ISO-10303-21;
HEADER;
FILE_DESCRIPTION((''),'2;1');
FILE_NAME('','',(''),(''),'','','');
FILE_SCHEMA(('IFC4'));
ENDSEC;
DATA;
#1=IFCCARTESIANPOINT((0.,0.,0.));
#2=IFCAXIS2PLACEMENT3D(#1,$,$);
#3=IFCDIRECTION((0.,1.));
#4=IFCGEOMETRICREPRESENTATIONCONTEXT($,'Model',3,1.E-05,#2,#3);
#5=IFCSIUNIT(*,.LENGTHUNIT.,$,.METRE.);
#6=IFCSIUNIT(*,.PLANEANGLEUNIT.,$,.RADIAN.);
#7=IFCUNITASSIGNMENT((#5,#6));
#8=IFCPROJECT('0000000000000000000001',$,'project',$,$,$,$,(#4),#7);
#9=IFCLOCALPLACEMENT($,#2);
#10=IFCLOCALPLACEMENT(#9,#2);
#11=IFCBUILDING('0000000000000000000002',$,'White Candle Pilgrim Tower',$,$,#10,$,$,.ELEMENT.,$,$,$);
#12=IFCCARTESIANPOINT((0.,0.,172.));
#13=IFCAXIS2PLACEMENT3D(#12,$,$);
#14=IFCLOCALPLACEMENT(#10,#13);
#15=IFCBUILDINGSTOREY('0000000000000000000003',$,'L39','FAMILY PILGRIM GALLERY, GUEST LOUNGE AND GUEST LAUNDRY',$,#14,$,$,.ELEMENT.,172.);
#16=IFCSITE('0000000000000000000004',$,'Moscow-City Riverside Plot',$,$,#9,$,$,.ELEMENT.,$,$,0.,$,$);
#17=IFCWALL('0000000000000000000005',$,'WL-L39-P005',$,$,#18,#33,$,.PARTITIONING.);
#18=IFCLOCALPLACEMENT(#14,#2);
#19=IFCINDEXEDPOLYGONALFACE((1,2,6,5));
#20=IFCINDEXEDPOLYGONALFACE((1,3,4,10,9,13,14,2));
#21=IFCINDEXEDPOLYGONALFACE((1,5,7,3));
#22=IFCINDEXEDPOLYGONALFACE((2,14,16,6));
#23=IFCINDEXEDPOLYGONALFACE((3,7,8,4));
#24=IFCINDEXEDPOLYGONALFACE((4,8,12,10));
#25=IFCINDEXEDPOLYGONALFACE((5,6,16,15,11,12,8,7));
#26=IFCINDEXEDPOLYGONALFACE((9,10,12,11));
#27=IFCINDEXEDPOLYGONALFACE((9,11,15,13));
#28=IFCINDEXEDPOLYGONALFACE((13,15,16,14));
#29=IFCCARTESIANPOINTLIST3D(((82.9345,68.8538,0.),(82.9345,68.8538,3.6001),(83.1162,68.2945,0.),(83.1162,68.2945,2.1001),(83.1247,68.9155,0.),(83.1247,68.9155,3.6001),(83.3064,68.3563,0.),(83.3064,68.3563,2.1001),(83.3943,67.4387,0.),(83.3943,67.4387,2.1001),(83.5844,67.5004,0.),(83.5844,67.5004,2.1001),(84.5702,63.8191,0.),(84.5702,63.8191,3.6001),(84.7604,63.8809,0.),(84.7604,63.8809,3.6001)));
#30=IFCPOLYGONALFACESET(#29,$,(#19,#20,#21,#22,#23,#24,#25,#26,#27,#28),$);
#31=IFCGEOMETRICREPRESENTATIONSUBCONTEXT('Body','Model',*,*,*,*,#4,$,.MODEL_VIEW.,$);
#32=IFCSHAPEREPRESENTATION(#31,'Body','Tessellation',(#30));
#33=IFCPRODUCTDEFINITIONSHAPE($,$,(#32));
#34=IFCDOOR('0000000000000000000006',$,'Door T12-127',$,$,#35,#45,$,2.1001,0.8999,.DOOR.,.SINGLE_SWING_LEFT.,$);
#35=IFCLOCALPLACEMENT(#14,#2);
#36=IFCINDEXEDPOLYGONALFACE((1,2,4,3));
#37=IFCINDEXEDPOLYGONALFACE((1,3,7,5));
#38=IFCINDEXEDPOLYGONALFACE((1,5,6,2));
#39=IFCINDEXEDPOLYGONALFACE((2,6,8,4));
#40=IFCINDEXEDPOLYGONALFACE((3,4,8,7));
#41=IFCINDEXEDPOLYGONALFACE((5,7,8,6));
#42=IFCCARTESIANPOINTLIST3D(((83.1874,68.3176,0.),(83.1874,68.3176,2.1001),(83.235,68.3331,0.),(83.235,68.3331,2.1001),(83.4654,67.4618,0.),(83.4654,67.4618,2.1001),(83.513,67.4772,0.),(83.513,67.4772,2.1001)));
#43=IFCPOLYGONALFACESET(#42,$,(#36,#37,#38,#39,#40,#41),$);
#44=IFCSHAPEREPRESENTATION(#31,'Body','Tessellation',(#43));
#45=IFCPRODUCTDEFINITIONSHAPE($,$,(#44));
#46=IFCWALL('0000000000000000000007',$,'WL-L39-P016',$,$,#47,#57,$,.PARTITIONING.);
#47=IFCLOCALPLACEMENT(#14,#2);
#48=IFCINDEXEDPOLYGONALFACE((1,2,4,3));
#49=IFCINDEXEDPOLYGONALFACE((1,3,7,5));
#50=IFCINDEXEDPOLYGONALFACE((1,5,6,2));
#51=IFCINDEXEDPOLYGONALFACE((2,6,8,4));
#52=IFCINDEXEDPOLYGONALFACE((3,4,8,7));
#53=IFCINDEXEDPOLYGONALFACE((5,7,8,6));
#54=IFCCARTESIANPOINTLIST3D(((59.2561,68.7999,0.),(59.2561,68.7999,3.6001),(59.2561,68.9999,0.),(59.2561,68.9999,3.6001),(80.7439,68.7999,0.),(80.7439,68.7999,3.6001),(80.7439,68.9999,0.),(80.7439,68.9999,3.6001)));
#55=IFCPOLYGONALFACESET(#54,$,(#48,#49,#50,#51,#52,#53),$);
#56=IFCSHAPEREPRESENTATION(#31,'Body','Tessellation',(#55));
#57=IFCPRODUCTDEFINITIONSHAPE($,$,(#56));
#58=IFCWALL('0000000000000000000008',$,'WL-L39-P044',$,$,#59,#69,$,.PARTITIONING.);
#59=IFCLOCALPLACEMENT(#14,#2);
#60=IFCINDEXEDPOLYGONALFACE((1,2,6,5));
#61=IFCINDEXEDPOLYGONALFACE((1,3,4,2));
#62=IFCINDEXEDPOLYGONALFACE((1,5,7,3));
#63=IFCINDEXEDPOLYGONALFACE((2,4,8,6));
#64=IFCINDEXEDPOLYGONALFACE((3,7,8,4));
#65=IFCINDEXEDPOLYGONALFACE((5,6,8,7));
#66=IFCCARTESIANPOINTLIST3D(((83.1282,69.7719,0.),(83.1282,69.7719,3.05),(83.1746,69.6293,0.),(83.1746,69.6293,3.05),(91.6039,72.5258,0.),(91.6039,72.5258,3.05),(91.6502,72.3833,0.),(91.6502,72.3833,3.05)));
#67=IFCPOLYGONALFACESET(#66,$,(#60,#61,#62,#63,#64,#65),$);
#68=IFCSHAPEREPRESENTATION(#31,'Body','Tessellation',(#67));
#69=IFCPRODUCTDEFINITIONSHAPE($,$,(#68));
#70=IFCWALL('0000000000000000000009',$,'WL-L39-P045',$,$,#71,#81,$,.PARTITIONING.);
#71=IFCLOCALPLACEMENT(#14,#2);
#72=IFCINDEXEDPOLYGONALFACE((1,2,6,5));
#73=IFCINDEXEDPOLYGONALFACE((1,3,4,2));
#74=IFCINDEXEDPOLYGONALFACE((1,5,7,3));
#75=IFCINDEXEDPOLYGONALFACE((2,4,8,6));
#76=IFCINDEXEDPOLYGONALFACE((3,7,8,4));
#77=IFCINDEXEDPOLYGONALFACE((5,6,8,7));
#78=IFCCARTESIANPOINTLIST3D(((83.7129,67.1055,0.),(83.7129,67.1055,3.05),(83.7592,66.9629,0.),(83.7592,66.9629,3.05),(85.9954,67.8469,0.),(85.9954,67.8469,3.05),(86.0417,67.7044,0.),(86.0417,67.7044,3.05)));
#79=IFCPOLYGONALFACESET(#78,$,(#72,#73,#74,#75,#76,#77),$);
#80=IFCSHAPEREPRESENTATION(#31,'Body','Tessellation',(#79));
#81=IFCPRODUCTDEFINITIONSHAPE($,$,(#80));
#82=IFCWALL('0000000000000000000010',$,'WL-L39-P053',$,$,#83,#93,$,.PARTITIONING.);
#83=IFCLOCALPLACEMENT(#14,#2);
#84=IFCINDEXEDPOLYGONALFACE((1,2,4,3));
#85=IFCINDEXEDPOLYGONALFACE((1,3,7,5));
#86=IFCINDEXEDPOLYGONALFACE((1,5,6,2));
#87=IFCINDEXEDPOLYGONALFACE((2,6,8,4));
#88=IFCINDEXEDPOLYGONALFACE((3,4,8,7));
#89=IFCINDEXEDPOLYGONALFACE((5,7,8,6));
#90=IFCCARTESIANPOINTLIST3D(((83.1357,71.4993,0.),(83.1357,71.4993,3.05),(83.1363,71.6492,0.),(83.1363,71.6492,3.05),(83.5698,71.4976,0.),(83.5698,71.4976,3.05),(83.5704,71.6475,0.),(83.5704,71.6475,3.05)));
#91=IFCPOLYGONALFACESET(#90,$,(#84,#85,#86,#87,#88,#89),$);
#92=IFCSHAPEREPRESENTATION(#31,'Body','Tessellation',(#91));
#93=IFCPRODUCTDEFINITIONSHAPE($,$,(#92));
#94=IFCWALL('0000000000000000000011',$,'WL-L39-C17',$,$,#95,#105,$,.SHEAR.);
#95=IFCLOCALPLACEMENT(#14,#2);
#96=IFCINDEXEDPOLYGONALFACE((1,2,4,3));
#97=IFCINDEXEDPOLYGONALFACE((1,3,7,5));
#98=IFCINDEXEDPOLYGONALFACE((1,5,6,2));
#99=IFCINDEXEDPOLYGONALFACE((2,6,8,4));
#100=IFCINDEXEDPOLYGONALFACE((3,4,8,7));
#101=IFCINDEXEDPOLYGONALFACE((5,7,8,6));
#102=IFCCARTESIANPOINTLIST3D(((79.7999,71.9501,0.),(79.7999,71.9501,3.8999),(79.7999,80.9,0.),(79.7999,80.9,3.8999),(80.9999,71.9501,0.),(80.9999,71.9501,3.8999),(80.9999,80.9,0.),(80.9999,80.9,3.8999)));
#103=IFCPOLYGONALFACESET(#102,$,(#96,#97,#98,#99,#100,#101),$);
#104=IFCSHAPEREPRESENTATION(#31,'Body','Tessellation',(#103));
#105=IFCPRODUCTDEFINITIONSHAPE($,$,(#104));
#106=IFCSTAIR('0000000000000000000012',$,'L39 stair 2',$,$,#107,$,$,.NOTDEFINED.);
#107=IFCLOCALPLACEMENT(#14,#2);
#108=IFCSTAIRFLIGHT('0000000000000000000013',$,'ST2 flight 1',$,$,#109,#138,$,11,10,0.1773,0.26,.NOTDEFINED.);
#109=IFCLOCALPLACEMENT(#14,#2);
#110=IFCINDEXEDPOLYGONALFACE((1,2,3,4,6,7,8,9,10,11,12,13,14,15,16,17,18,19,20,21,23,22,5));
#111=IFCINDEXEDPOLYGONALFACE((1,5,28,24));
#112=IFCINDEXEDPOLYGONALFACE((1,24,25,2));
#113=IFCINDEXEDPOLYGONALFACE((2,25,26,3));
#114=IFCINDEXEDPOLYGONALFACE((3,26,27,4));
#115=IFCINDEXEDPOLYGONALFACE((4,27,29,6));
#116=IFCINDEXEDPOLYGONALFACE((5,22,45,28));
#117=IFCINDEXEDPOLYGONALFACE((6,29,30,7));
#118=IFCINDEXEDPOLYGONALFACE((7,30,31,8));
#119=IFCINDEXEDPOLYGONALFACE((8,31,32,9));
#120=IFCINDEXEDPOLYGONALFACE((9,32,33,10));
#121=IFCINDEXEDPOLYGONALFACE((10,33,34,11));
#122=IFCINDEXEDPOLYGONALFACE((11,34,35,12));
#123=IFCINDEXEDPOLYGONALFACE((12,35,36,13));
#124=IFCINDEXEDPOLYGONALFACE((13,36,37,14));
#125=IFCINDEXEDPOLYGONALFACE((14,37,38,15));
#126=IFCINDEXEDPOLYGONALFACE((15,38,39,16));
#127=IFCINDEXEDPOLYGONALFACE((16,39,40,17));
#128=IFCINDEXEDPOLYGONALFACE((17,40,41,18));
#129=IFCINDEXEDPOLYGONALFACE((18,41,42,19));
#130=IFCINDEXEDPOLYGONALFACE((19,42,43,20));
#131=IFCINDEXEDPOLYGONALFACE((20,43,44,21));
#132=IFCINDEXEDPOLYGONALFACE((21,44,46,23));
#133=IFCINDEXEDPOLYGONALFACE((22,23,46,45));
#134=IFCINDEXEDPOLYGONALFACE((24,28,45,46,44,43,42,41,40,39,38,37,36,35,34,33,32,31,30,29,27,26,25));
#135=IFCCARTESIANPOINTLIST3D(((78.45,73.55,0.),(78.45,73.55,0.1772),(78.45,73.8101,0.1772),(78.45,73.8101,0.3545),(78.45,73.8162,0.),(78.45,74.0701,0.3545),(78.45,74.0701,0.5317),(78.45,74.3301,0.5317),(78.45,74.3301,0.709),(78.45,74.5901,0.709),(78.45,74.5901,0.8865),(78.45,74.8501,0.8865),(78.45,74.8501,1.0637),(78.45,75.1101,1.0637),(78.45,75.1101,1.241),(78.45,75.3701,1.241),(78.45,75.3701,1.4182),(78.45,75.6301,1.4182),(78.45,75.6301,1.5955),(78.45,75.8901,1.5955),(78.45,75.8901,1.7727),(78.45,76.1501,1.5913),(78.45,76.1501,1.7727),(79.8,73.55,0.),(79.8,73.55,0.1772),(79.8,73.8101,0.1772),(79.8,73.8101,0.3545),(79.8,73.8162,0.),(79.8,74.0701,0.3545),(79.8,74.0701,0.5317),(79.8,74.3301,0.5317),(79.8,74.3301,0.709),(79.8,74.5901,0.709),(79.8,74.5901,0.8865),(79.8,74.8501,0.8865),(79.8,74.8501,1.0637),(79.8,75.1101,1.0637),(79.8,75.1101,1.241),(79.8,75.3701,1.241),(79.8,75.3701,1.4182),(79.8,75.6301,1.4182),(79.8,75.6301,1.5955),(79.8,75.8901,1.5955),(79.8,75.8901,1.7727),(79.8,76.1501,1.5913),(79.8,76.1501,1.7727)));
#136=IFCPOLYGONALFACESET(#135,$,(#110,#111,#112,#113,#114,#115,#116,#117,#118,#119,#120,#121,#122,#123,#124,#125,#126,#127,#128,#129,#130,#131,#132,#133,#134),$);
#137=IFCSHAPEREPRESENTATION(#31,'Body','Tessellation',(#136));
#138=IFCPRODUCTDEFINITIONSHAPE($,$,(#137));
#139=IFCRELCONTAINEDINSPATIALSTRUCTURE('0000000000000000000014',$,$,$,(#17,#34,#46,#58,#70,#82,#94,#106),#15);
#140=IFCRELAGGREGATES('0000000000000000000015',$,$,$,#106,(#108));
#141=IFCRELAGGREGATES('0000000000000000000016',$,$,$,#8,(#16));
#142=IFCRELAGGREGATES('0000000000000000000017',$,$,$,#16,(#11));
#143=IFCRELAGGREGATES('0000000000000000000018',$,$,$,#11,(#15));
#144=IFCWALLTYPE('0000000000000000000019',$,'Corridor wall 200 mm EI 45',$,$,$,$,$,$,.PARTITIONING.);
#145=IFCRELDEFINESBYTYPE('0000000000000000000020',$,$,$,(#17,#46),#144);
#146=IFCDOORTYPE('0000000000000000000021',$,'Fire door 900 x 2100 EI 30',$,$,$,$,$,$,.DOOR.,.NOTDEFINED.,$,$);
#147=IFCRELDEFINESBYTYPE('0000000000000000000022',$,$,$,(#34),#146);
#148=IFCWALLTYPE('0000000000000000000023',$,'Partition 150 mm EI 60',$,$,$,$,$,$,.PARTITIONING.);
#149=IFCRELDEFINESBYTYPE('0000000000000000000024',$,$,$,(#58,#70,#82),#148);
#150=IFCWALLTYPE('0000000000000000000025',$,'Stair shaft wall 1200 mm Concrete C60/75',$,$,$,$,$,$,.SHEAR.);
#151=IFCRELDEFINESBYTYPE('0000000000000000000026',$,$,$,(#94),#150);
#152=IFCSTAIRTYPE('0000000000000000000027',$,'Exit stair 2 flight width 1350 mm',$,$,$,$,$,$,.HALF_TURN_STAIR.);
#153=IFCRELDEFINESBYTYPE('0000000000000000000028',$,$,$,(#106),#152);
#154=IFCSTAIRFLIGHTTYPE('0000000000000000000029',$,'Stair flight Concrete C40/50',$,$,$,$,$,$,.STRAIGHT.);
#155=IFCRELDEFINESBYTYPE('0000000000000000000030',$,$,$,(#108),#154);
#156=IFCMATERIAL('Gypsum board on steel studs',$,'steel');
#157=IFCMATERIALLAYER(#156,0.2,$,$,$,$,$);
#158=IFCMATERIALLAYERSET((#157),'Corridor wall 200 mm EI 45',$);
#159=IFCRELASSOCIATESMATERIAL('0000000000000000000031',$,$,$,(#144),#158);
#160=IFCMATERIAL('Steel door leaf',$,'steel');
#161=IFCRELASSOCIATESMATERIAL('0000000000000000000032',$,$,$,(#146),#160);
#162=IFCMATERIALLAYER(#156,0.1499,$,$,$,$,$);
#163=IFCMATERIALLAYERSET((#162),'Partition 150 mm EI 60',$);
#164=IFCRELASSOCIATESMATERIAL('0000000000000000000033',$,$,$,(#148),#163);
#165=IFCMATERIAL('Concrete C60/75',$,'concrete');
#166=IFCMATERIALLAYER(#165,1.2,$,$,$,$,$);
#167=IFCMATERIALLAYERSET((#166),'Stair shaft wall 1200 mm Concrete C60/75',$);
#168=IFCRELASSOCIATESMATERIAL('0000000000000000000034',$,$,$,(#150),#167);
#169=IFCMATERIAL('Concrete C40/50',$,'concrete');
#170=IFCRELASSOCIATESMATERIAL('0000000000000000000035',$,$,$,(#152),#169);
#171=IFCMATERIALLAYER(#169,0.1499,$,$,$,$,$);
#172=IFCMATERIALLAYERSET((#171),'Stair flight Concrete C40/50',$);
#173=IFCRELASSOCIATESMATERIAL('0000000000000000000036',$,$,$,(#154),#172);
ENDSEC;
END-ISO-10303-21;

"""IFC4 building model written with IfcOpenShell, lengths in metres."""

from ifc_helpers import new_model, si_unit, direction, frame, frame_2d, origin, place, context, subcontext, project, spatial, polyline, rectangle, outline, extrude, material, layer, layer_set, type_object, element, fill, aggregate, save


model = new_model("IFC4")

# Units and contexts
model_context = context("Model", 3, precision=1e-05, world=origin(), true_north=direction((0.0, 1.0)))
body_context = subcontext(model_context, "Body", "Model", "MODEL_VIEW")
ifc_project = project(units=[si_unit("LENGTHUNIT", "METRE"), si_unit("PLANEANGLEUNIT", "RADIAN")], contexts=[model_context])

# Site, building, storey
site_placement = place(None, origin())
site = spatial("IfcSite", under=ifc_project, at=site_placement, Name="Moscow-City Riverside Plot", CompositionType="ELEMENT", RefElevation=0.0)
building_placement = place(site_placement, origin())
building = spatial("IfcBuilding", under=site, at=building_placement, Name="White Candle Pilgrim Tower", CompositionType="ELEMENT")
storey_placement = place(building_placement, frame((0.0, 0.0, 172.0)))
storey = spatial("IfcBuildingStorey", under=building, at=storey_placement, Name="L39", Description="FAMILY PILGRIM GALLERY, GUEST LOUNGE AND GUEST LAUNDRY", CompositionType="ELEMENT", Elevation=172.0)

# Wall, opening, door
ifc_material_1 = material(Name="Gypsum board on steel studs", Category="steel")
ifc_layer_1 = layer(ifc_material_1, 0.2)
ifc_layer_set_1 = layer_set([ifc_layer_1], Name="Corridor wall 200 mm EI 45")
wall_type_1 = type_object("IfcWallType", Name="Corridor wall 200 mm EI 45", PredefinedType="PARTITIONING", material=ifc_layer_set_1)
wall_1_placement = place(storey_placement, frame((83.0295, 68.8848, 0.0), z_axis=(0.0, 0.0, 1.0), x_axis=(0.308996, -0.951063, 0.0)))
wall_1 = element("IfcWall", 1, at=wall_1_placement, inside=storey, type_object=wall_type_1, Name="WL-L39-P005", PredefinedType="PARTITIONING", context=body_context, shape_type="SweptSolid", body=[
    extrude(rectangle(XDim=5.2937, YDim=0.2, at=frame_2d((2.647, 0.0))), origin(), (0.0, 0.0, 1.0), 3.6001),
])
opening_placement = place(wall_1_placement, frame((0.5881, 0.0, 0.0)))
opening = element("IfcOpeningElement", 2, at=opening_placement, cuts=wall_1, PredefinedType="OPENING", context=body_context, shape_type="SweptSolid", body=[
    extrude(rectangle(XDim=0.8999, YDim=2.1001, at=frame_2d((0.45, 1.05))), frame((0.0, 0.1099, 0.0), z_axis=(0.0, -1.0, 0.0), x_axis=(1.0, 0.0, 0.0)), (0.0, 0.0, 1.0), 0.22),
])
ifc_material_2 = material(Name="Steel door leaf", Category="steel")
door_type = type_object("IfcDoorType", Name="Fire door 900 x 2100 EI 30", OperationType="NOTDEFINED", PredefinedType="DOOR", material=ifc_material_2)
door_placement = place(opening_placement, origin())
door = element("IfcDoor", 3, at=door_placement, inside=storey, type_object=door_type, Name="Door T12-127", OperationType="SINGLE_SWING_LEFT", OverallHeight=2.1001, OverallWidth=0.8999, PredefinedType="DOOR", context=body_context, shape_type="SweptSolid", body=[
    extrude(rectangle(XDim=0.8999, YDim=2.1001, at=frame_2d((0.45, 1.05))), frame((0.0, 0.0249, 0.0), z_axis=(0.0, -1.0, 0.0), x_axis=(1.0, 0.0, 0.0)), (0.0, 0.0, 1.0), 0.05),
])
fill(opening, door)

# Walls
wall_2_placement = place(storey_placement, frame((80.7439, 68.8999, 0.0), z_axis=(0.0, 0.0, 1.0), x_axis=(-1.0, 0.0, 0.0)))
element("IfcWall", 4, at=wall_2_placement, inside=storey, type_object=wall_type_1, Name="WL-L39-P016", PredefinedType="PARTITIONING", context=body_context, shape_type="SweptSolid", body=[
    extrude(rectangle(XDim=21.4878, YDim=0.2, at=frame_2d((10.7439, 0.0))), origin(), (0.0, 0.0, 1.0), 3.6001),
])
ifc_layer_2 = layer(ifc_material_1, 0.1499)
ifc_layer_set_2 = layer_set([ifc_layer_2], Name="Partition 150 mm EI 60")
wall_type_2 = type_object("IfcWallType", Name="Partition 150 mm EI 60", PredefinedType="PARTITIONING", material=ifc_layer_set_2)
wall_3_placement = place(storey_placement, frame((91.6272, 72.4546, 0.0), z_axis=(0.0, 0.0, 1.0), x_axis=(-0.951056, -0.309019, 0.0)))
element("IfcWall", 5, at=wall_3_placement, inside=storey, type_object=wall_type_2, Name="WL-L39-P044", PredefinedType="PARTITIONING", context=body_context, shape_type="SweptSolid", body=[
    extrude(rectangle(XDim=8.9119, YDim=0.1499, at=frame_2d((4.4561, 0.0))), origin(), (0.0, 0.0, 1.0), 3.05),
])
wall_4_placement = place(storey_placement, frame((83.7361, 67.0342, 0.0), z_axis=(0.0, 0.0, 1.0), x_axis=(0.951077, 0.308955, 0.0)))
element("IfcWall", 6, at=wall_4_placement, inside=storey, type_object=wall_type_2, Name="WL-L39-P045", PredefinedType="PARTITIONING", context=body_context, shape_type="SweptSolid", body=[
    extrude(rectangle(XDim=2.3999, YDim=0.1499, at=frame_2d((1.2, 0.0))), origin(), (0.0, 0.0, 1.0), 3.05),
])
wall_5_placement = place(storey_placement, frame((83.5701, 71.5725, 0.0), z_axis=(0.0, 0.0, 1.0), x_axis=(-0.999992, 0.003937, 0.0)))
element("IfcWall", 7, at=wall_5_placement, inside=storey, type_object=wall_type_2, Name="WL-L39-P053", PredefinedType="PARTITIONING", context=body_context, shape_type="SweptSolid", body=[
    extrude(rectangle(XDim=0.4341, YDim=0.1499, at=frame_2d((0.217, 0.0))), origin(), (0.0, 0.0, 1.0), 3.05),
])
ifc_material_3 = material(Name="Concrete C60/75", Category="concrete")
ifc_layer_3 = layer(ifc_material_3, 1.2)
ifc_layer_set_3 = layer_set([ifc_layer_3], Name="Stair shaft wall 1200 mm Concrete C60/75")
wall_type_3 = type_object("IfcWallType", Name="Stair shaft wall 1200 mm Concrete C60/75", PredefinedType="SHEAR", material=ifc_layer_set_3)
wall_6_placement = place(storey_placement, frame((80.3999, 71.95, 0.0), z_axis=(0.0, 0.0, 1.0), x_axis=(0.0, 1.0, 0.0)))
element("IfcWall", 8, at=wall_6_placement, inside=storey, type_object=wall_type_3, Name="WL-L39-C17", PredefinedType="SHEAR", context=body_context, shape_type="SweptSolid", body=[
    extrude(rectangle(XDim=8.95, YDim=1.2, at=frame_2d((4.4751, 0.0))), origin(), (0.0, 0.0, 1.0), 3.8999),
])

# Stair, stair flight
ifc_material_4 = material(Name="Concrete C40/50", Category="concrete")
stair_type = type_object("IfcStairType", Name="Exit stair 2 flight width 1350 mm", PredefinedType="HALF_TURN_STAIR", material=ifc_material_4)
stair_placement = place(storey_placement, origin())
stair = element("IfcStair", 9, at=stair_placement, inside=storey, type_object=stair_type, Name="L39 stair 2", PredefinedType="NOTDEFINED")
ifc_layer_4 = layer(ifc_material_4, 0.1499)
ifc_layer_set_4 = layer_set([ifc_layer_4], Name="Stair flight Concrete C40/50")
stair_flight_type = type_object("IfcStairFlightType", Name="Stair flight Concrete C40/50", PredefinedType="STRAIGHT", material=ifc_layer_set_4)
stair_flight_placement = place(storey_placement, frame((79.125, 73.55, 0.0), z_axis=(0.0, 0.0, 1.0), x_axis=(0.0, 1.0, 0.0)))
stair_flight = element("IfcStairFlight", 10, at=stair_flight_placement, type_object=stair_flight_type, Name="ST2 flight 1", NumberOfRisers=11, NumberOfTreads=10, PredefinedType="NOTDEFINED", RiserHeight=0.1773, TreadLength=0.26, context=body_context, shape_type="SweptSolid", body=[
    extrude(outline(polyline([(0.0, 0.0), (0.0, 0.1772), (0.26, 0.1772), (0.26, 0.3545), (0.52, 0.3545), (0.52, 0.5317), (0.78, 0.5317), (0.78, 0.709), (1.04, 0.709), (1.04, 0.8865), (1.3, 0.8865), (1.3, 1.0637), (1.5601, 1.0637), (1.5601, 1.241), (1.8201, 1.241), (1.8201, 1.4182), (2.0801, 1.4182), (2.0801, 1.5955), (2.3401, 1.5955), (2.3401, 1.7727), (2.6001, 1.7727), (2.6001, 1.95), (2.6001, 1.5913), (0.2661, 0.0), (0.0, 0.0)])), frame((0.0, 0.675, 0.0), z_axis=(0.0, -1.0, 0.0), x_axis=(1.0, 0.0, 0.0)), (0.0, 0.0, 1.0), 1.3501),
])
aggregate(stair, [stair_flight])

save(model, "model.ifc")
